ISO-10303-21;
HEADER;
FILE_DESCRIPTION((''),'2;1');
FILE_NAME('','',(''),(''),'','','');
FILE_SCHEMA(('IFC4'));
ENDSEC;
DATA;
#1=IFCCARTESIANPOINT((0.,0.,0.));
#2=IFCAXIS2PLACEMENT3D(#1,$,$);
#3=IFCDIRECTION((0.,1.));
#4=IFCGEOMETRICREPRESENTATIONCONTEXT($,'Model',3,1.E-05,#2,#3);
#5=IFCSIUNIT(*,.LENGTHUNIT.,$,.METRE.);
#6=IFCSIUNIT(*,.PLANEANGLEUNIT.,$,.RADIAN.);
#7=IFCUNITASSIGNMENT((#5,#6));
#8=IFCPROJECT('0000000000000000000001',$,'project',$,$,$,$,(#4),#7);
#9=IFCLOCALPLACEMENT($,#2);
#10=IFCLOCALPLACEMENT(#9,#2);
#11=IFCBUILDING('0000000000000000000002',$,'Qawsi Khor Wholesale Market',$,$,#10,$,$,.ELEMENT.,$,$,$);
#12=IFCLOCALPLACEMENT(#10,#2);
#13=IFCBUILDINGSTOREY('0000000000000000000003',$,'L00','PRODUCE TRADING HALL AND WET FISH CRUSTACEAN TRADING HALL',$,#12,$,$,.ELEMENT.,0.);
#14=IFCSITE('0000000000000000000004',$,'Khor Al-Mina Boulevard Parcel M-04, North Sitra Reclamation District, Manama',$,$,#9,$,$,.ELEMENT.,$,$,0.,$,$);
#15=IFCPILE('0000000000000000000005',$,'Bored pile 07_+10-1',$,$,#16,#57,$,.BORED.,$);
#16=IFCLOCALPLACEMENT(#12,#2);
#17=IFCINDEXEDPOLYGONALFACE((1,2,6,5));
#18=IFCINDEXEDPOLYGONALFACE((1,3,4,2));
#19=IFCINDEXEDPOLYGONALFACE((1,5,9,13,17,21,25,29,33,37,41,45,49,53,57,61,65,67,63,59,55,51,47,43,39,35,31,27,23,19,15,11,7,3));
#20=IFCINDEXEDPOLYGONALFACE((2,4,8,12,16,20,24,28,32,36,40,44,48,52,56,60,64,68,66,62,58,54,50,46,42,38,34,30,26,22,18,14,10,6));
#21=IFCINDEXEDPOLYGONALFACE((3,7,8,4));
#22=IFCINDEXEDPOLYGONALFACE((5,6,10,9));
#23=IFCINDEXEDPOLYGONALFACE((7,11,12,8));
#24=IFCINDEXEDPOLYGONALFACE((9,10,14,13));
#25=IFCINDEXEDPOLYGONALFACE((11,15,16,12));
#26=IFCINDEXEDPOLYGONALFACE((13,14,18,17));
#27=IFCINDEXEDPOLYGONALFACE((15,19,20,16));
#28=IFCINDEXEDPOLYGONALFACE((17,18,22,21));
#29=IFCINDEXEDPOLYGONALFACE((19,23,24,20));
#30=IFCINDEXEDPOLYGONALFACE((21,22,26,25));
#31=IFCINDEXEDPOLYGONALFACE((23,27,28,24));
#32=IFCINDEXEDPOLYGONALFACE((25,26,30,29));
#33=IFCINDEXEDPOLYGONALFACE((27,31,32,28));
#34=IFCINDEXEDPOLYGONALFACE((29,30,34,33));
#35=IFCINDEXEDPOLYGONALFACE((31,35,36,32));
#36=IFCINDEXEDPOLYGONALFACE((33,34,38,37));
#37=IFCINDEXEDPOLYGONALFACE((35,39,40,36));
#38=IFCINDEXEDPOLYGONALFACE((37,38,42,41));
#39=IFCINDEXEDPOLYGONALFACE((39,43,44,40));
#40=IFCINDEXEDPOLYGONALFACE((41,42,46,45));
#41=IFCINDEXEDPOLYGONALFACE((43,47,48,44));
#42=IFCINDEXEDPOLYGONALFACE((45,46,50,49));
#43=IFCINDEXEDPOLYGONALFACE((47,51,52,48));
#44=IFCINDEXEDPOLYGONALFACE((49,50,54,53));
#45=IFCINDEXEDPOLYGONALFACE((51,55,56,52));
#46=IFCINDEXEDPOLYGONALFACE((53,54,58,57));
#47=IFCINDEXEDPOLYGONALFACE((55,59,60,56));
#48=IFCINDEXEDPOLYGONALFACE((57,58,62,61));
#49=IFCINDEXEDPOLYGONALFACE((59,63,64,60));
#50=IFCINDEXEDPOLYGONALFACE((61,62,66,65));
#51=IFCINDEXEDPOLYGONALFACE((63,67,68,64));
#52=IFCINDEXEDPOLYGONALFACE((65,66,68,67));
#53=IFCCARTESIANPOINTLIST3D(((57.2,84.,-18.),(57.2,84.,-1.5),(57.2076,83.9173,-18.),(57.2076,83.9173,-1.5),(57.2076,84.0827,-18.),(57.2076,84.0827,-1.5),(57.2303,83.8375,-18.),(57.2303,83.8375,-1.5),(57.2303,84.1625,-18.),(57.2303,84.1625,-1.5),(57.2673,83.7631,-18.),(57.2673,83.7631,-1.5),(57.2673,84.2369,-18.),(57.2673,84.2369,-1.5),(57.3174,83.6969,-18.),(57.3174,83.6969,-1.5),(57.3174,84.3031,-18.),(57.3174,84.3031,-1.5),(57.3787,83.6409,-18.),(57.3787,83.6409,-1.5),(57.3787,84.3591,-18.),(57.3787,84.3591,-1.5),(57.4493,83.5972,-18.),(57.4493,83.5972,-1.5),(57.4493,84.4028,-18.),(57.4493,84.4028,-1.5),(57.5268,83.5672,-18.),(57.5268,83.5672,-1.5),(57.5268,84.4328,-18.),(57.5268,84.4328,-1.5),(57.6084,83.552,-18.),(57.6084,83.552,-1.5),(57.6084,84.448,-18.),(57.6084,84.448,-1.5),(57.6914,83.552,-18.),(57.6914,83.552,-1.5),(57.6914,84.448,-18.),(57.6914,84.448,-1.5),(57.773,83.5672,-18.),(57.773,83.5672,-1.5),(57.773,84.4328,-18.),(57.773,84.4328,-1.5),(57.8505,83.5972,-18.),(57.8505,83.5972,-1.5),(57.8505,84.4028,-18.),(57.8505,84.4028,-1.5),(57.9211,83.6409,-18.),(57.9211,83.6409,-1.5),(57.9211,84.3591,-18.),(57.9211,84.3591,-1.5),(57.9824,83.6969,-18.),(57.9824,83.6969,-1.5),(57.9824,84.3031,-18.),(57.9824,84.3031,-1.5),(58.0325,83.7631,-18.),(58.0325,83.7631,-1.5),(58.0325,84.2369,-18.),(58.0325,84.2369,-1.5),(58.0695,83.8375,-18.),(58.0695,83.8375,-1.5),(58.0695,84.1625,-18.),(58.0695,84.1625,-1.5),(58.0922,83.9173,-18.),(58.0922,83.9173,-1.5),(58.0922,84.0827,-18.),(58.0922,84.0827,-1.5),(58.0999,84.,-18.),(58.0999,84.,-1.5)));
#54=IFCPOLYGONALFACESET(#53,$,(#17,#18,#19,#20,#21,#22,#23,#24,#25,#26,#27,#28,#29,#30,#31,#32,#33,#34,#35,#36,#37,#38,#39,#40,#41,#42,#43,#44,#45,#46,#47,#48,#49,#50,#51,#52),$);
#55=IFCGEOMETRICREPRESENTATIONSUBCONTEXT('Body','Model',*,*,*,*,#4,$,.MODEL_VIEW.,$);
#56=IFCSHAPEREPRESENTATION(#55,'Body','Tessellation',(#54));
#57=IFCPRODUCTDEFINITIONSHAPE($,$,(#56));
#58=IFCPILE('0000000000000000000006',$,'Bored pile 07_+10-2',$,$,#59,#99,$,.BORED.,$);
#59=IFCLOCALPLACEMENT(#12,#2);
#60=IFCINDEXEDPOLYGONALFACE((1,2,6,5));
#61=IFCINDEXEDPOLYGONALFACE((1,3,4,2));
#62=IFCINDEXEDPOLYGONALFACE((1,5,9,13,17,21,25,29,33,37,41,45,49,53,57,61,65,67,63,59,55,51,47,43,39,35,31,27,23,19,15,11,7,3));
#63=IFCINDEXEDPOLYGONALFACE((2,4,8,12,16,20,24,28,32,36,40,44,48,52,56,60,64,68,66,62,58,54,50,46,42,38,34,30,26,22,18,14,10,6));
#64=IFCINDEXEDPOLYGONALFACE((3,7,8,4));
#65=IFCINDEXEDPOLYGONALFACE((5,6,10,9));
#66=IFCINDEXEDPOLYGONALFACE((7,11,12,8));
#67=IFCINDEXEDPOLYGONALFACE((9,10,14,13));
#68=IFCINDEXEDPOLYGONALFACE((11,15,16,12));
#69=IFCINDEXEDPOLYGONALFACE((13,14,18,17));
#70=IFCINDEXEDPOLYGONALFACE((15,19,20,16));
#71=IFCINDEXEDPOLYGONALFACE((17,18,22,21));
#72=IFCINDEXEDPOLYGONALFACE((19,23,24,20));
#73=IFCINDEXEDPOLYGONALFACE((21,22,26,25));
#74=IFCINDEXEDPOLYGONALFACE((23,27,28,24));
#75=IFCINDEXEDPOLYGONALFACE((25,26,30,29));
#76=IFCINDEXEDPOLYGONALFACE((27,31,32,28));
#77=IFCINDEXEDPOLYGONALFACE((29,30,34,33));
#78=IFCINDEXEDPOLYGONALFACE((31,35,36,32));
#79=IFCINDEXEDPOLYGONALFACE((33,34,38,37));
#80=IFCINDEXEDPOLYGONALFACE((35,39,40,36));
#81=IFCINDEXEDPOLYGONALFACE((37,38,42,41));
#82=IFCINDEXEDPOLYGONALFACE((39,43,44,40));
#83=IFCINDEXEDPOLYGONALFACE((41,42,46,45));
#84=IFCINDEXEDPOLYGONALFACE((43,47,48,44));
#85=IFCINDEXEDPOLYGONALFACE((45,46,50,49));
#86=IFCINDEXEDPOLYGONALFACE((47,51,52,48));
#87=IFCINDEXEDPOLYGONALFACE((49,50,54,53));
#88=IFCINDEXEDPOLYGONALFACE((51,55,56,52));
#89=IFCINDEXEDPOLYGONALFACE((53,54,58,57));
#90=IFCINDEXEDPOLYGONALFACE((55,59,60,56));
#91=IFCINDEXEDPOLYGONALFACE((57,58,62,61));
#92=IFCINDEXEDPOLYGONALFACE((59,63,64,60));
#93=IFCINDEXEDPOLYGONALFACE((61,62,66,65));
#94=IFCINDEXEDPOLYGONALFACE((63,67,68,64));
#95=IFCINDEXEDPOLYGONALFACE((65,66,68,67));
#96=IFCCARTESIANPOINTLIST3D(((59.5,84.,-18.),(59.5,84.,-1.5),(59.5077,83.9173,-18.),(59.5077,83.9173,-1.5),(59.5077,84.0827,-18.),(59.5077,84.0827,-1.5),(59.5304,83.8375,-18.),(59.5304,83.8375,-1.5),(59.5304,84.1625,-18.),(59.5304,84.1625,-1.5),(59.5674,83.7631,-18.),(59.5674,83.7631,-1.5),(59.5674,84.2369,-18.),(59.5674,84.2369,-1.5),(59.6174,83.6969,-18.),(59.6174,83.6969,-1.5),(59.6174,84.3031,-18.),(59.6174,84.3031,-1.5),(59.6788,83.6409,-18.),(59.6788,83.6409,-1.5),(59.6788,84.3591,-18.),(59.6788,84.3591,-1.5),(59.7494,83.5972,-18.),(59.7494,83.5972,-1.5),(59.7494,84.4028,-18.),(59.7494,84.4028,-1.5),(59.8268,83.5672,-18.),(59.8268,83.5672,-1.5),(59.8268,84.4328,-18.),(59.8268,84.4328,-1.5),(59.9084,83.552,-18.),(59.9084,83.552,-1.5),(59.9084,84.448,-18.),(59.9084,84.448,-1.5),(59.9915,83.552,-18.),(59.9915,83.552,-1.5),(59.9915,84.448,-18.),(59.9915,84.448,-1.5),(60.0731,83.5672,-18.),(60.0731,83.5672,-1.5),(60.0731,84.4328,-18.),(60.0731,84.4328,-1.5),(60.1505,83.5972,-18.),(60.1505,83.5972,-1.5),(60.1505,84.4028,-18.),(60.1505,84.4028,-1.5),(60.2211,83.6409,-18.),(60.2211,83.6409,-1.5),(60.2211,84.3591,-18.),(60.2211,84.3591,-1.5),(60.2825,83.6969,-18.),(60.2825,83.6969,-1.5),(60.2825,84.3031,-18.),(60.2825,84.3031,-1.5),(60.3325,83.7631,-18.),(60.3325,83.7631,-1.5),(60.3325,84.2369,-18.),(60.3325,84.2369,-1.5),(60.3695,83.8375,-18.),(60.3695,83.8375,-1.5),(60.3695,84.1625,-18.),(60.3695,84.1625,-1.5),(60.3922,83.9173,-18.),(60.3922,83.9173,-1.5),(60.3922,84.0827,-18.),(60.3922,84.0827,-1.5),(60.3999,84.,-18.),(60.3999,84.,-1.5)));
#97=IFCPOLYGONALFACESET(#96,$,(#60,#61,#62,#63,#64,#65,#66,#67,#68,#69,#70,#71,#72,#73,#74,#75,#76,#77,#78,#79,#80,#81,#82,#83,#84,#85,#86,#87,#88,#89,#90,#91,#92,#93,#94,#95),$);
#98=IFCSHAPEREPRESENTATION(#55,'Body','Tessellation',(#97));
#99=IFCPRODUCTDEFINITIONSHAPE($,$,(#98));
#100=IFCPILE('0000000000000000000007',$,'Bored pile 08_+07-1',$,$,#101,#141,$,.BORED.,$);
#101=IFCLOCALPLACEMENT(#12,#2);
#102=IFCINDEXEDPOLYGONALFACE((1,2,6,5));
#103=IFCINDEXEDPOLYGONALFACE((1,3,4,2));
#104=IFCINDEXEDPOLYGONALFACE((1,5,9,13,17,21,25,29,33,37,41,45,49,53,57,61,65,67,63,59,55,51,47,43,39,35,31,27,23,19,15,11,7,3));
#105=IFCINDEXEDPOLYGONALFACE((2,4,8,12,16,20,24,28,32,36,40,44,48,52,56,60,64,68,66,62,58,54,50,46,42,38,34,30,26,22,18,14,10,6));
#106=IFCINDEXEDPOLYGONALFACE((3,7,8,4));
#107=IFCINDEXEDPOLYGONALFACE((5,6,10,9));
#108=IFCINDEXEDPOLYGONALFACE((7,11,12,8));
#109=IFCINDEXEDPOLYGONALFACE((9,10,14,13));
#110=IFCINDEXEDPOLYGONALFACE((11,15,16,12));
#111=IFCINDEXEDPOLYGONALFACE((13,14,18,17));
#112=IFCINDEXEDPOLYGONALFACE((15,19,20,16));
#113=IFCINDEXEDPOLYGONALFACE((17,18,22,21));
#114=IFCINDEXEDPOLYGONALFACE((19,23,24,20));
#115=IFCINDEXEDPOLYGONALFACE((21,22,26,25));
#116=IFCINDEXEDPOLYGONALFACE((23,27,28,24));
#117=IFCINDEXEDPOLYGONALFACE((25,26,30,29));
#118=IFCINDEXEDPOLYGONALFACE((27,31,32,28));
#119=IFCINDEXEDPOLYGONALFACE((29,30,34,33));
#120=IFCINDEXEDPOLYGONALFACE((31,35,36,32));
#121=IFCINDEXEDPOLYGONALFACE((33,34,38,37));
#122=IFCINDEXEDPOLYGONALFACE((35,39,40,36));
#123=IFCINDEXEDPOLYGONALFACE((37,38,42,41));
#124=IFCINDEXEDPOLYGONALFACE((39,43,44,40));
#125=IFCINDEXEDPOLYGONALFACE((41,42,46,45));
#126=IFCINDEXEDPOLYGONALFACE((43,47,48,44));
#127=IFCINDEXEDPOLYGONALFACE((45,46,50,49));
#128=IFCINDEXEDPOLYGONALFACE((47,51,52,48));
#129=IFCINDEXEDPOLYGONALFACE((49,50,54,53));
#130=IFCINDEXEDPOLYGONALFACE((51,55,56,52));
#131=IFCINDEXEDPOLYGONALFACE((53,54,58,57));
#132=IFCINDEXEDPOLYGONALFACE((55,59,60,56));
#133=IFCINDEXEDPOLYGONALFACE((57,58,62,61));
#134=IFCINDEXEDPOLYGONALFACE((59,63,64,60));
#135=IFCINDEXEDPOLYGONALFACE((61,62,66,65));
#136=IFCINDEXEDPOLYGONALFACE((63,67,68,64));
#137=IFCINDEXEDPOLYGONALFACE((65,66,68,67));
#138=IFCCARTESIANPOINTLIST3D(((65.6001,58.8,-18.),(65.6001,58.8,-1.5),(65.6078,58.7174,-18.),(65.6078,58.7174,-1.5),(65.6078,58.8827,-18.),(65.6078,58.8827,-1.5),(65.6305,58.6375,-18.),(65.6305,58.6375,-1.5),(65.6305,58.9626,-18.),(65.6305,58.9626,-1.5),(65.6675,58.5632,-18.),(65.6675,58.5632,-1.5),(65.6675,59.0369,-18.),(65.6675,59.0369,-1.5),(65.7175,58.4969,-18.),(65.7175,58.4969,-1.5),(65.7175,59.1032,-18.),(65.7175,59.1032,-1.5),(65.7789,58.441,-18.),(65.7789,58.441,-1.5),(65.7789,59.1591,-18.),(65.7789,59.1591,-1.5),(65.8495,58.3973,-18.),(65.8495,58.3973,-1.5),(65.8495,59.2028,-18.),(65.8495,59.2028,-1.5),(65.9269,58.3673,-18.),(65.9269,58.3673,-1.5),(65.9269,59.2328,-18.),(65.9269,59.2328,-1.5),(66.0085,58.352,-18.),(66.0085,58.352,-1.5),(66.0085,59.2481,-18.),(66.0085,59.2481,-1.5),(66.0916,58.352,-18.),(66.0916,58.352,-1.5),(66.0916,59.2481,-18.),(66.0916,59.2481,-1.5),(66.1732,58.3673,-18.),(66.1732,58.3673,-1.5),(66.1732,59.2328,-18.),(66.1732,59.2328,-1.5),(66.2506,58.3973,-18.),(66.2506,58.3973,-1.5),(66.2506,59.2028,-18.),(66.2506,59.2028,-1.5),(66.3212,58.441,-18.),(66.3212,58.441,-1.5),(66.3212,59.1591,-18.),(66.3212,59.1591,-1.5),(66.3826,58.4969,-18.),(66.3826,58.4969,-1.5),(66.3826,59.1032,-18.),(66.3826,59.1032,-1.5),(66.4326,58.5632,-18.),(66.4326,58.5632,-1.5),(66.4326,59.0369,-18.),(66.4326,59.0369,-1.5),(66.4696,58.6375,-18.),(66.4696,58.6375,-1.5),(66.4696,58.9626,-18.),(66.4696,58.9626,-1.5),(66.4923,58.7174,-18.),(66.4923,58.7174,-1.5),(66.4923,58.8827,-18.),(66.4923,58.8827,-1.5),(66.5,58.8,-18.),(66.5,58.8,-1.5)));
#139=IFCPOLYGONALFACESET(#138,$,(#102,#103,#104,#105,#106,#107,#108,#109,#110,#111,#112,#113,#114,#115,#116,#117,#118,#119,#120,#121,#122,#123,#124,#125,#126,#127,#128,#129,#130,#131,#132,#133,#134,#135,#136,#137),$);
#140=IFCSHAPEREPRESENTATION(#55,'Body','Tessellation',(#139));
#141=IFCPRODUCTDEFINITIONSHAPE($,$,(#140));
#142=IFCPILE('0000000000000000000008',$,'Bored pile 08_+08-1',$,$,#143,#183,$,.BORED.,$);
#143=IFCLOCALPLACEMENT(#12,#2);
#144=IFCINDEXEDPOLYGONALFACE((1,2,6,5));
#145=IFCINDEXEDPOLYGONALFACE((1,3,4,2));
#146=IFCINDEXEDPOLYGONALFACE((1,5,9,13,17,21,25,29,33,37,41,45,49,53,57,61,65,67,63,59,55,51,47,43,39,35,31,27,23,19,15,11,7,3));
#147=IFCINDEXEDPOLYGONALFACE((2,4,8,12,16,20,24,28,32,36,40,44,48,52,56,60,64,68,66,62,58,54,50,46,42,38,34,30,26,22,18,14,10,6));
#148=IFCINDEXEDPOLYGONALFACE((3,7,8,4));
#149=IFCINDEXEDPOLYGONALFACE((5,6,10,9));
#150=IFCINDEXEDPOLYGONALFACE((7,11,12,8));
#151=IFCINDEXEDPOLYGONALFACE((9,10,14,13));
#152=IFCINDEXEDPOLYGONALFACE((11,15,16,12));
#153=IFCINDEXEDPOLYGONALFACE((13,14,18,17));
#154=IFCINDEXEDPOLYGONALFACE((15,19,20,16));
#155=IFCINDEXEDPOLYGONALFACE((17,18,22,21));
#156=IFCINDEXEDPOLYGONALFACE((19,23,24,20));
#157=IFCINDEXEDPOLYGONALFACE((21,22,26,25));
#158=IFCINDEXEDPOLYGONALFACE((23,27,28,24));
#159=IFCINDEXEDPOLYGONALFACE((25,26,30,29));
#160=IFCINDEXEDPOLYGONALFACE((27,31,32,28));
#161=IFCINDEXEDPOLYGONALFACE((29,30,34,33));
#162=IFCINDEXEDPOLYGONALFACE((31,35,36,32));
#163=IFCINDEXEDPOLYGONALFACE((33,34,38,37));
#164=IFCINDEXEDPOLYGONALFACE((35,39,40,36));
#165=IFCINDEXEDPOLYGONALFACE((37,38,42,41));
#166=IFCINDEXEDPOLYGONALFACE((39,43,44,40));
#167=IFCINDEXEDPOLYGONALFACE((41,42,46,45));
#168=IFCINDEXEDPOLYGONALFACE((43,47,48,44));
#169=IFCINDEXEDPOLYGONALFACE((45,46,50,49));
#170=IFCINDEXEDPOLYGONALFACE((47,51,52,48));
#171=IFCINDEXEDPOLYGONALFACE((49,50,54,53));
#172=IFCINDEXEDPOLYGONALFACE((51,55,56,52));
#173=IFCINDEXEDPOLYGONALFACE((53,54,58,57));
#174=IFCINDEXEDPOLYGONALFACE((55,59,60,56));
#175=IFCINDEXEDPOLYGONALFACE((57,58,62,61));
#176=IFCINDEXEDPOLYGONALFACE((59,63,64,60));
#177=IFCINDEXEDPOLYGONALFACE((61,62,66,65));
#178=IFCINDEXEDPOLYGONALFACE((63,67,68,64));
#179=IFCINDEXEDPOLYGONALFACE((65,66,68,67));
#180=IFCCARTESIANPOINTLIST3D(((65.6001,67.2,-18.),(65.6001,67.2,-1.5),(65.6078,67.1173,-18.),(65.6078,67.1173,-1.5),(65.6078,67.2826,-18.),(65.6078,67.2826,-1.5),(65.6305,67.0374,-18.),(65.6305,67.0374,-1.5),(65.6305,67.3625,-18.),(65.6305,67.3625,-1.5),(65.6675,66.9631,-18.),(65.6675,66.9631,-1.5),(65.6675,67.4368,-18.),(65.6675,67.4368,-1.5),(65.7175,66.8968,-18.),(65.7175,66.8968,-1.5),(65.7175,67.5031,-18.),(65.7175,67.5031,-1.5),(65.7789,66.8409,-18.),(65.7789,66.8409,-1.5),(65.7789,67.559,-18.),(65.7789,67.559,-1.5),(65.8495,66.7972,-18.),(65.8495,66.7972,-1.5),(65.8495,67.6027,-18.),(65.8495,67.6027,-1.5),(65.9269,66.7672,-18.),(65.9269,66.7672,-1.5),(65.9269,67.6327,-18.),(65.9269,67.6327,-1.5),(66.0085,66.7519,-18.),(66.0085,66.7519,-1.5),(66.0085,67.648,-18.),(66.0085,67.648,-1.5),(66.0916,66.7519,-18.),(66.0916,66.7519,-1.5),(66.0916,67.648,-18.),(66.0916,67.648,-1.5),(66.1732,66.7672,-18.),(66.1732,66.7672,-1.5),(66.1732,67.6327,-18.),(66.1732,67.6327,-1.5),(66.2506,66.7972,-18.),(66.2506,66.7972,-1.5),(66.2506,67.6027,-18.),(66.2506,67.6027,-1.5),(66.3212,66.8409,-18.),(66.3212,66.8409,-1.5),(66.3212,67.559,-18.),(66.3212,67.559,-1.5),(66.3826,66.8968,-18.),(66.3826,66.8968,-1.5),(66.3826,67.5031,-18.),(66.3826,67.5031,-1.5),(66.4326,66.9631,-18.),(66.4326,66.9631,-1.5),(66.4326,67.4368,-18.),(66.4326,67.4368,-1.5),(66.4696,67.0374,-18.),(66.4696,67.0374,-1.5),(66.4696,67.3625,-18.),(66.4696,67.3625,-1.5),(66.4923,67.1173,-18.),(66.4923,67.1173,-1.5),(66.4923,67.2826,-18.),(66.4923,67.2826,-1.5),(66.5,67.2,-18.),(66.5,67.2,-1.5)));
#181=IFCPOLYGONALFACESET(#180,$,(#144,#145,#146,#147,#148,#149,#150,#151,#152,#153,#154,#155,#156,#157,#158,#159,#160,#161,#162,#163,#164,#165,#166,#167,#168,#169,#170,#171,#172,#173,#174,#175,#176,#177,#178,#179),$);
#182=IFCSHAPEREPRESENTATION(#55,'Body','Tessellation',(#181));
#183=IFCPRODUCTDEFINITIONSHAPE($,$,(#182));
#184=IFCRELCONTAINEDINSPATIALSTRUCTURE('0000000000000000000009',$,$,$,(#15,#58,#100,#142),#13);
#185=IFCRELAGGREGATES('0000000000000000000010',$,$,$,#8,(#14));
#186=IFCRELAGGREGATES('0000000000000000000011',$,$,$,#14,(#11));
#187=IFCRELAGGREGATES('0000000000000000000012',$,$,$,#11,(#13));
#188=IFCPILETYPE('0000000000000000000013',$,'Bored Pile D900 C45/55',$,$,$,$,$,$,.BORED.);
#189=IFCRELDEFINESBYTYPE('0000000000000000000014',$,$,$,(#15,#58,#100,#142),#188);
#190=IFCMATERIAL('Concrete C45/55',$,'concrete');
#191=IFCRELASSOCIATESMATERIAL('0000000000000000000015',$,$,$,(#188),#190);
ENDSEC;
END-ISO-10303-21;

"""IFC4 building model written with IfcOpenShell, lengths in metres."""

from ifc_helpers import new_model, si_unit, direction, frame, origin, origin_2d, place, context, subcontext, project, spatial, circle, extrude, material, material_profile, profile_set, type_object, element, save


model = new_model("IFC4")

# Units and contexts
model_context = context("Model", 3, precision=1e-05, world=origin(), true_north=direction((0.0, 1.0)))
body_context = subcontext(model_context, "Body", "Model", "MODEL_VIEW")
ifc_project = project(units=[si_unit("LENGTHUNIT", "METRE"), si_unit("PLANEANGLEUNIT", "RADIAN")], contexts=[model_context])

# Site, building, storey
site_placement = place(None, origin())
site = spatial("IfcSite", under=ifc_project, at=site_placement, Name="Khor Al-Mina Boulevard Parcel M-04, North Sitra Reclamation District, Manama", CompositionType="ELEMENT", RefElevation=0.0)
building_placement = place(site_placement, origin())
building = spatial("IfcBuilding", under=site, at=building_placement, Name="Qawsi Khor Wholesale Market", CompositionType="ELEMENT")
storey_placement = place(building_placement, origin())
storey = spatial("IfcBuildingStorey", under=building, at=storey_placement, Name="L00", Description="PRODUCE TRADING HALL AND WET FISH CRUSTACEAN TRADING HALL", CompositionType="ELEMENT", Elevation=0.0)

# Piles
ifc_material_1 = material(Name="Concrete C45/55", Category="concrete")
ifc_material_profile_1 = material_profile(ifc_material_1, circle(Radius=0.45, at=origin_2d()), Name="PILE D900")
ifc_profile_set_1 = profile_set([ifc_material_profile_1], Name="Concrete C45/55")
pile_type_1 = type_object("IfcPileType", Name="Bored Pile D900 C45/55", PredefinedType="BORED", material=ifc_profile_set_1)
for number, where, z_axis, x_axis, name in (
    (1, (57.6499, 84.0, -1.5), (0.0, 0.0, -1.0), (1.0, 0.0, 0.0), "Bored pile 07_+10-1"),
    (2, (59.95, 84.0, -1.5), (0.0, 0.0, -1.0), (1.0, 0.0, 0.0), "Bored pile 07_+10-2"),
    (3, (66.05, 58.8, -1.5), (0.0, 0.0, -1.0), (1.0, 0.0, 0.0), "Bored pile 08_+07-1"),
    (4, (66.05, 67.2, -1.5), (0.0, 0.0, -1.0), (1.0, 0.0, 0.0), "Bored pile 08_+08-1"),
):
    element("IfcPile", number, at=place(storey_placement, frame(where, z_axis=z_axis, x_axis=x_axis)), inside=storey, type_object=pile_type_1, Name=name, PredefinedType="BORED", context=body_context, shape_type="SweptSolid", body=[
        extrude(circle(Radius=0.45, at=origin_2d()), origin(), (0.0, 0.0, 1.0), 16.5),
    ])

save(model, "model.ifc")
